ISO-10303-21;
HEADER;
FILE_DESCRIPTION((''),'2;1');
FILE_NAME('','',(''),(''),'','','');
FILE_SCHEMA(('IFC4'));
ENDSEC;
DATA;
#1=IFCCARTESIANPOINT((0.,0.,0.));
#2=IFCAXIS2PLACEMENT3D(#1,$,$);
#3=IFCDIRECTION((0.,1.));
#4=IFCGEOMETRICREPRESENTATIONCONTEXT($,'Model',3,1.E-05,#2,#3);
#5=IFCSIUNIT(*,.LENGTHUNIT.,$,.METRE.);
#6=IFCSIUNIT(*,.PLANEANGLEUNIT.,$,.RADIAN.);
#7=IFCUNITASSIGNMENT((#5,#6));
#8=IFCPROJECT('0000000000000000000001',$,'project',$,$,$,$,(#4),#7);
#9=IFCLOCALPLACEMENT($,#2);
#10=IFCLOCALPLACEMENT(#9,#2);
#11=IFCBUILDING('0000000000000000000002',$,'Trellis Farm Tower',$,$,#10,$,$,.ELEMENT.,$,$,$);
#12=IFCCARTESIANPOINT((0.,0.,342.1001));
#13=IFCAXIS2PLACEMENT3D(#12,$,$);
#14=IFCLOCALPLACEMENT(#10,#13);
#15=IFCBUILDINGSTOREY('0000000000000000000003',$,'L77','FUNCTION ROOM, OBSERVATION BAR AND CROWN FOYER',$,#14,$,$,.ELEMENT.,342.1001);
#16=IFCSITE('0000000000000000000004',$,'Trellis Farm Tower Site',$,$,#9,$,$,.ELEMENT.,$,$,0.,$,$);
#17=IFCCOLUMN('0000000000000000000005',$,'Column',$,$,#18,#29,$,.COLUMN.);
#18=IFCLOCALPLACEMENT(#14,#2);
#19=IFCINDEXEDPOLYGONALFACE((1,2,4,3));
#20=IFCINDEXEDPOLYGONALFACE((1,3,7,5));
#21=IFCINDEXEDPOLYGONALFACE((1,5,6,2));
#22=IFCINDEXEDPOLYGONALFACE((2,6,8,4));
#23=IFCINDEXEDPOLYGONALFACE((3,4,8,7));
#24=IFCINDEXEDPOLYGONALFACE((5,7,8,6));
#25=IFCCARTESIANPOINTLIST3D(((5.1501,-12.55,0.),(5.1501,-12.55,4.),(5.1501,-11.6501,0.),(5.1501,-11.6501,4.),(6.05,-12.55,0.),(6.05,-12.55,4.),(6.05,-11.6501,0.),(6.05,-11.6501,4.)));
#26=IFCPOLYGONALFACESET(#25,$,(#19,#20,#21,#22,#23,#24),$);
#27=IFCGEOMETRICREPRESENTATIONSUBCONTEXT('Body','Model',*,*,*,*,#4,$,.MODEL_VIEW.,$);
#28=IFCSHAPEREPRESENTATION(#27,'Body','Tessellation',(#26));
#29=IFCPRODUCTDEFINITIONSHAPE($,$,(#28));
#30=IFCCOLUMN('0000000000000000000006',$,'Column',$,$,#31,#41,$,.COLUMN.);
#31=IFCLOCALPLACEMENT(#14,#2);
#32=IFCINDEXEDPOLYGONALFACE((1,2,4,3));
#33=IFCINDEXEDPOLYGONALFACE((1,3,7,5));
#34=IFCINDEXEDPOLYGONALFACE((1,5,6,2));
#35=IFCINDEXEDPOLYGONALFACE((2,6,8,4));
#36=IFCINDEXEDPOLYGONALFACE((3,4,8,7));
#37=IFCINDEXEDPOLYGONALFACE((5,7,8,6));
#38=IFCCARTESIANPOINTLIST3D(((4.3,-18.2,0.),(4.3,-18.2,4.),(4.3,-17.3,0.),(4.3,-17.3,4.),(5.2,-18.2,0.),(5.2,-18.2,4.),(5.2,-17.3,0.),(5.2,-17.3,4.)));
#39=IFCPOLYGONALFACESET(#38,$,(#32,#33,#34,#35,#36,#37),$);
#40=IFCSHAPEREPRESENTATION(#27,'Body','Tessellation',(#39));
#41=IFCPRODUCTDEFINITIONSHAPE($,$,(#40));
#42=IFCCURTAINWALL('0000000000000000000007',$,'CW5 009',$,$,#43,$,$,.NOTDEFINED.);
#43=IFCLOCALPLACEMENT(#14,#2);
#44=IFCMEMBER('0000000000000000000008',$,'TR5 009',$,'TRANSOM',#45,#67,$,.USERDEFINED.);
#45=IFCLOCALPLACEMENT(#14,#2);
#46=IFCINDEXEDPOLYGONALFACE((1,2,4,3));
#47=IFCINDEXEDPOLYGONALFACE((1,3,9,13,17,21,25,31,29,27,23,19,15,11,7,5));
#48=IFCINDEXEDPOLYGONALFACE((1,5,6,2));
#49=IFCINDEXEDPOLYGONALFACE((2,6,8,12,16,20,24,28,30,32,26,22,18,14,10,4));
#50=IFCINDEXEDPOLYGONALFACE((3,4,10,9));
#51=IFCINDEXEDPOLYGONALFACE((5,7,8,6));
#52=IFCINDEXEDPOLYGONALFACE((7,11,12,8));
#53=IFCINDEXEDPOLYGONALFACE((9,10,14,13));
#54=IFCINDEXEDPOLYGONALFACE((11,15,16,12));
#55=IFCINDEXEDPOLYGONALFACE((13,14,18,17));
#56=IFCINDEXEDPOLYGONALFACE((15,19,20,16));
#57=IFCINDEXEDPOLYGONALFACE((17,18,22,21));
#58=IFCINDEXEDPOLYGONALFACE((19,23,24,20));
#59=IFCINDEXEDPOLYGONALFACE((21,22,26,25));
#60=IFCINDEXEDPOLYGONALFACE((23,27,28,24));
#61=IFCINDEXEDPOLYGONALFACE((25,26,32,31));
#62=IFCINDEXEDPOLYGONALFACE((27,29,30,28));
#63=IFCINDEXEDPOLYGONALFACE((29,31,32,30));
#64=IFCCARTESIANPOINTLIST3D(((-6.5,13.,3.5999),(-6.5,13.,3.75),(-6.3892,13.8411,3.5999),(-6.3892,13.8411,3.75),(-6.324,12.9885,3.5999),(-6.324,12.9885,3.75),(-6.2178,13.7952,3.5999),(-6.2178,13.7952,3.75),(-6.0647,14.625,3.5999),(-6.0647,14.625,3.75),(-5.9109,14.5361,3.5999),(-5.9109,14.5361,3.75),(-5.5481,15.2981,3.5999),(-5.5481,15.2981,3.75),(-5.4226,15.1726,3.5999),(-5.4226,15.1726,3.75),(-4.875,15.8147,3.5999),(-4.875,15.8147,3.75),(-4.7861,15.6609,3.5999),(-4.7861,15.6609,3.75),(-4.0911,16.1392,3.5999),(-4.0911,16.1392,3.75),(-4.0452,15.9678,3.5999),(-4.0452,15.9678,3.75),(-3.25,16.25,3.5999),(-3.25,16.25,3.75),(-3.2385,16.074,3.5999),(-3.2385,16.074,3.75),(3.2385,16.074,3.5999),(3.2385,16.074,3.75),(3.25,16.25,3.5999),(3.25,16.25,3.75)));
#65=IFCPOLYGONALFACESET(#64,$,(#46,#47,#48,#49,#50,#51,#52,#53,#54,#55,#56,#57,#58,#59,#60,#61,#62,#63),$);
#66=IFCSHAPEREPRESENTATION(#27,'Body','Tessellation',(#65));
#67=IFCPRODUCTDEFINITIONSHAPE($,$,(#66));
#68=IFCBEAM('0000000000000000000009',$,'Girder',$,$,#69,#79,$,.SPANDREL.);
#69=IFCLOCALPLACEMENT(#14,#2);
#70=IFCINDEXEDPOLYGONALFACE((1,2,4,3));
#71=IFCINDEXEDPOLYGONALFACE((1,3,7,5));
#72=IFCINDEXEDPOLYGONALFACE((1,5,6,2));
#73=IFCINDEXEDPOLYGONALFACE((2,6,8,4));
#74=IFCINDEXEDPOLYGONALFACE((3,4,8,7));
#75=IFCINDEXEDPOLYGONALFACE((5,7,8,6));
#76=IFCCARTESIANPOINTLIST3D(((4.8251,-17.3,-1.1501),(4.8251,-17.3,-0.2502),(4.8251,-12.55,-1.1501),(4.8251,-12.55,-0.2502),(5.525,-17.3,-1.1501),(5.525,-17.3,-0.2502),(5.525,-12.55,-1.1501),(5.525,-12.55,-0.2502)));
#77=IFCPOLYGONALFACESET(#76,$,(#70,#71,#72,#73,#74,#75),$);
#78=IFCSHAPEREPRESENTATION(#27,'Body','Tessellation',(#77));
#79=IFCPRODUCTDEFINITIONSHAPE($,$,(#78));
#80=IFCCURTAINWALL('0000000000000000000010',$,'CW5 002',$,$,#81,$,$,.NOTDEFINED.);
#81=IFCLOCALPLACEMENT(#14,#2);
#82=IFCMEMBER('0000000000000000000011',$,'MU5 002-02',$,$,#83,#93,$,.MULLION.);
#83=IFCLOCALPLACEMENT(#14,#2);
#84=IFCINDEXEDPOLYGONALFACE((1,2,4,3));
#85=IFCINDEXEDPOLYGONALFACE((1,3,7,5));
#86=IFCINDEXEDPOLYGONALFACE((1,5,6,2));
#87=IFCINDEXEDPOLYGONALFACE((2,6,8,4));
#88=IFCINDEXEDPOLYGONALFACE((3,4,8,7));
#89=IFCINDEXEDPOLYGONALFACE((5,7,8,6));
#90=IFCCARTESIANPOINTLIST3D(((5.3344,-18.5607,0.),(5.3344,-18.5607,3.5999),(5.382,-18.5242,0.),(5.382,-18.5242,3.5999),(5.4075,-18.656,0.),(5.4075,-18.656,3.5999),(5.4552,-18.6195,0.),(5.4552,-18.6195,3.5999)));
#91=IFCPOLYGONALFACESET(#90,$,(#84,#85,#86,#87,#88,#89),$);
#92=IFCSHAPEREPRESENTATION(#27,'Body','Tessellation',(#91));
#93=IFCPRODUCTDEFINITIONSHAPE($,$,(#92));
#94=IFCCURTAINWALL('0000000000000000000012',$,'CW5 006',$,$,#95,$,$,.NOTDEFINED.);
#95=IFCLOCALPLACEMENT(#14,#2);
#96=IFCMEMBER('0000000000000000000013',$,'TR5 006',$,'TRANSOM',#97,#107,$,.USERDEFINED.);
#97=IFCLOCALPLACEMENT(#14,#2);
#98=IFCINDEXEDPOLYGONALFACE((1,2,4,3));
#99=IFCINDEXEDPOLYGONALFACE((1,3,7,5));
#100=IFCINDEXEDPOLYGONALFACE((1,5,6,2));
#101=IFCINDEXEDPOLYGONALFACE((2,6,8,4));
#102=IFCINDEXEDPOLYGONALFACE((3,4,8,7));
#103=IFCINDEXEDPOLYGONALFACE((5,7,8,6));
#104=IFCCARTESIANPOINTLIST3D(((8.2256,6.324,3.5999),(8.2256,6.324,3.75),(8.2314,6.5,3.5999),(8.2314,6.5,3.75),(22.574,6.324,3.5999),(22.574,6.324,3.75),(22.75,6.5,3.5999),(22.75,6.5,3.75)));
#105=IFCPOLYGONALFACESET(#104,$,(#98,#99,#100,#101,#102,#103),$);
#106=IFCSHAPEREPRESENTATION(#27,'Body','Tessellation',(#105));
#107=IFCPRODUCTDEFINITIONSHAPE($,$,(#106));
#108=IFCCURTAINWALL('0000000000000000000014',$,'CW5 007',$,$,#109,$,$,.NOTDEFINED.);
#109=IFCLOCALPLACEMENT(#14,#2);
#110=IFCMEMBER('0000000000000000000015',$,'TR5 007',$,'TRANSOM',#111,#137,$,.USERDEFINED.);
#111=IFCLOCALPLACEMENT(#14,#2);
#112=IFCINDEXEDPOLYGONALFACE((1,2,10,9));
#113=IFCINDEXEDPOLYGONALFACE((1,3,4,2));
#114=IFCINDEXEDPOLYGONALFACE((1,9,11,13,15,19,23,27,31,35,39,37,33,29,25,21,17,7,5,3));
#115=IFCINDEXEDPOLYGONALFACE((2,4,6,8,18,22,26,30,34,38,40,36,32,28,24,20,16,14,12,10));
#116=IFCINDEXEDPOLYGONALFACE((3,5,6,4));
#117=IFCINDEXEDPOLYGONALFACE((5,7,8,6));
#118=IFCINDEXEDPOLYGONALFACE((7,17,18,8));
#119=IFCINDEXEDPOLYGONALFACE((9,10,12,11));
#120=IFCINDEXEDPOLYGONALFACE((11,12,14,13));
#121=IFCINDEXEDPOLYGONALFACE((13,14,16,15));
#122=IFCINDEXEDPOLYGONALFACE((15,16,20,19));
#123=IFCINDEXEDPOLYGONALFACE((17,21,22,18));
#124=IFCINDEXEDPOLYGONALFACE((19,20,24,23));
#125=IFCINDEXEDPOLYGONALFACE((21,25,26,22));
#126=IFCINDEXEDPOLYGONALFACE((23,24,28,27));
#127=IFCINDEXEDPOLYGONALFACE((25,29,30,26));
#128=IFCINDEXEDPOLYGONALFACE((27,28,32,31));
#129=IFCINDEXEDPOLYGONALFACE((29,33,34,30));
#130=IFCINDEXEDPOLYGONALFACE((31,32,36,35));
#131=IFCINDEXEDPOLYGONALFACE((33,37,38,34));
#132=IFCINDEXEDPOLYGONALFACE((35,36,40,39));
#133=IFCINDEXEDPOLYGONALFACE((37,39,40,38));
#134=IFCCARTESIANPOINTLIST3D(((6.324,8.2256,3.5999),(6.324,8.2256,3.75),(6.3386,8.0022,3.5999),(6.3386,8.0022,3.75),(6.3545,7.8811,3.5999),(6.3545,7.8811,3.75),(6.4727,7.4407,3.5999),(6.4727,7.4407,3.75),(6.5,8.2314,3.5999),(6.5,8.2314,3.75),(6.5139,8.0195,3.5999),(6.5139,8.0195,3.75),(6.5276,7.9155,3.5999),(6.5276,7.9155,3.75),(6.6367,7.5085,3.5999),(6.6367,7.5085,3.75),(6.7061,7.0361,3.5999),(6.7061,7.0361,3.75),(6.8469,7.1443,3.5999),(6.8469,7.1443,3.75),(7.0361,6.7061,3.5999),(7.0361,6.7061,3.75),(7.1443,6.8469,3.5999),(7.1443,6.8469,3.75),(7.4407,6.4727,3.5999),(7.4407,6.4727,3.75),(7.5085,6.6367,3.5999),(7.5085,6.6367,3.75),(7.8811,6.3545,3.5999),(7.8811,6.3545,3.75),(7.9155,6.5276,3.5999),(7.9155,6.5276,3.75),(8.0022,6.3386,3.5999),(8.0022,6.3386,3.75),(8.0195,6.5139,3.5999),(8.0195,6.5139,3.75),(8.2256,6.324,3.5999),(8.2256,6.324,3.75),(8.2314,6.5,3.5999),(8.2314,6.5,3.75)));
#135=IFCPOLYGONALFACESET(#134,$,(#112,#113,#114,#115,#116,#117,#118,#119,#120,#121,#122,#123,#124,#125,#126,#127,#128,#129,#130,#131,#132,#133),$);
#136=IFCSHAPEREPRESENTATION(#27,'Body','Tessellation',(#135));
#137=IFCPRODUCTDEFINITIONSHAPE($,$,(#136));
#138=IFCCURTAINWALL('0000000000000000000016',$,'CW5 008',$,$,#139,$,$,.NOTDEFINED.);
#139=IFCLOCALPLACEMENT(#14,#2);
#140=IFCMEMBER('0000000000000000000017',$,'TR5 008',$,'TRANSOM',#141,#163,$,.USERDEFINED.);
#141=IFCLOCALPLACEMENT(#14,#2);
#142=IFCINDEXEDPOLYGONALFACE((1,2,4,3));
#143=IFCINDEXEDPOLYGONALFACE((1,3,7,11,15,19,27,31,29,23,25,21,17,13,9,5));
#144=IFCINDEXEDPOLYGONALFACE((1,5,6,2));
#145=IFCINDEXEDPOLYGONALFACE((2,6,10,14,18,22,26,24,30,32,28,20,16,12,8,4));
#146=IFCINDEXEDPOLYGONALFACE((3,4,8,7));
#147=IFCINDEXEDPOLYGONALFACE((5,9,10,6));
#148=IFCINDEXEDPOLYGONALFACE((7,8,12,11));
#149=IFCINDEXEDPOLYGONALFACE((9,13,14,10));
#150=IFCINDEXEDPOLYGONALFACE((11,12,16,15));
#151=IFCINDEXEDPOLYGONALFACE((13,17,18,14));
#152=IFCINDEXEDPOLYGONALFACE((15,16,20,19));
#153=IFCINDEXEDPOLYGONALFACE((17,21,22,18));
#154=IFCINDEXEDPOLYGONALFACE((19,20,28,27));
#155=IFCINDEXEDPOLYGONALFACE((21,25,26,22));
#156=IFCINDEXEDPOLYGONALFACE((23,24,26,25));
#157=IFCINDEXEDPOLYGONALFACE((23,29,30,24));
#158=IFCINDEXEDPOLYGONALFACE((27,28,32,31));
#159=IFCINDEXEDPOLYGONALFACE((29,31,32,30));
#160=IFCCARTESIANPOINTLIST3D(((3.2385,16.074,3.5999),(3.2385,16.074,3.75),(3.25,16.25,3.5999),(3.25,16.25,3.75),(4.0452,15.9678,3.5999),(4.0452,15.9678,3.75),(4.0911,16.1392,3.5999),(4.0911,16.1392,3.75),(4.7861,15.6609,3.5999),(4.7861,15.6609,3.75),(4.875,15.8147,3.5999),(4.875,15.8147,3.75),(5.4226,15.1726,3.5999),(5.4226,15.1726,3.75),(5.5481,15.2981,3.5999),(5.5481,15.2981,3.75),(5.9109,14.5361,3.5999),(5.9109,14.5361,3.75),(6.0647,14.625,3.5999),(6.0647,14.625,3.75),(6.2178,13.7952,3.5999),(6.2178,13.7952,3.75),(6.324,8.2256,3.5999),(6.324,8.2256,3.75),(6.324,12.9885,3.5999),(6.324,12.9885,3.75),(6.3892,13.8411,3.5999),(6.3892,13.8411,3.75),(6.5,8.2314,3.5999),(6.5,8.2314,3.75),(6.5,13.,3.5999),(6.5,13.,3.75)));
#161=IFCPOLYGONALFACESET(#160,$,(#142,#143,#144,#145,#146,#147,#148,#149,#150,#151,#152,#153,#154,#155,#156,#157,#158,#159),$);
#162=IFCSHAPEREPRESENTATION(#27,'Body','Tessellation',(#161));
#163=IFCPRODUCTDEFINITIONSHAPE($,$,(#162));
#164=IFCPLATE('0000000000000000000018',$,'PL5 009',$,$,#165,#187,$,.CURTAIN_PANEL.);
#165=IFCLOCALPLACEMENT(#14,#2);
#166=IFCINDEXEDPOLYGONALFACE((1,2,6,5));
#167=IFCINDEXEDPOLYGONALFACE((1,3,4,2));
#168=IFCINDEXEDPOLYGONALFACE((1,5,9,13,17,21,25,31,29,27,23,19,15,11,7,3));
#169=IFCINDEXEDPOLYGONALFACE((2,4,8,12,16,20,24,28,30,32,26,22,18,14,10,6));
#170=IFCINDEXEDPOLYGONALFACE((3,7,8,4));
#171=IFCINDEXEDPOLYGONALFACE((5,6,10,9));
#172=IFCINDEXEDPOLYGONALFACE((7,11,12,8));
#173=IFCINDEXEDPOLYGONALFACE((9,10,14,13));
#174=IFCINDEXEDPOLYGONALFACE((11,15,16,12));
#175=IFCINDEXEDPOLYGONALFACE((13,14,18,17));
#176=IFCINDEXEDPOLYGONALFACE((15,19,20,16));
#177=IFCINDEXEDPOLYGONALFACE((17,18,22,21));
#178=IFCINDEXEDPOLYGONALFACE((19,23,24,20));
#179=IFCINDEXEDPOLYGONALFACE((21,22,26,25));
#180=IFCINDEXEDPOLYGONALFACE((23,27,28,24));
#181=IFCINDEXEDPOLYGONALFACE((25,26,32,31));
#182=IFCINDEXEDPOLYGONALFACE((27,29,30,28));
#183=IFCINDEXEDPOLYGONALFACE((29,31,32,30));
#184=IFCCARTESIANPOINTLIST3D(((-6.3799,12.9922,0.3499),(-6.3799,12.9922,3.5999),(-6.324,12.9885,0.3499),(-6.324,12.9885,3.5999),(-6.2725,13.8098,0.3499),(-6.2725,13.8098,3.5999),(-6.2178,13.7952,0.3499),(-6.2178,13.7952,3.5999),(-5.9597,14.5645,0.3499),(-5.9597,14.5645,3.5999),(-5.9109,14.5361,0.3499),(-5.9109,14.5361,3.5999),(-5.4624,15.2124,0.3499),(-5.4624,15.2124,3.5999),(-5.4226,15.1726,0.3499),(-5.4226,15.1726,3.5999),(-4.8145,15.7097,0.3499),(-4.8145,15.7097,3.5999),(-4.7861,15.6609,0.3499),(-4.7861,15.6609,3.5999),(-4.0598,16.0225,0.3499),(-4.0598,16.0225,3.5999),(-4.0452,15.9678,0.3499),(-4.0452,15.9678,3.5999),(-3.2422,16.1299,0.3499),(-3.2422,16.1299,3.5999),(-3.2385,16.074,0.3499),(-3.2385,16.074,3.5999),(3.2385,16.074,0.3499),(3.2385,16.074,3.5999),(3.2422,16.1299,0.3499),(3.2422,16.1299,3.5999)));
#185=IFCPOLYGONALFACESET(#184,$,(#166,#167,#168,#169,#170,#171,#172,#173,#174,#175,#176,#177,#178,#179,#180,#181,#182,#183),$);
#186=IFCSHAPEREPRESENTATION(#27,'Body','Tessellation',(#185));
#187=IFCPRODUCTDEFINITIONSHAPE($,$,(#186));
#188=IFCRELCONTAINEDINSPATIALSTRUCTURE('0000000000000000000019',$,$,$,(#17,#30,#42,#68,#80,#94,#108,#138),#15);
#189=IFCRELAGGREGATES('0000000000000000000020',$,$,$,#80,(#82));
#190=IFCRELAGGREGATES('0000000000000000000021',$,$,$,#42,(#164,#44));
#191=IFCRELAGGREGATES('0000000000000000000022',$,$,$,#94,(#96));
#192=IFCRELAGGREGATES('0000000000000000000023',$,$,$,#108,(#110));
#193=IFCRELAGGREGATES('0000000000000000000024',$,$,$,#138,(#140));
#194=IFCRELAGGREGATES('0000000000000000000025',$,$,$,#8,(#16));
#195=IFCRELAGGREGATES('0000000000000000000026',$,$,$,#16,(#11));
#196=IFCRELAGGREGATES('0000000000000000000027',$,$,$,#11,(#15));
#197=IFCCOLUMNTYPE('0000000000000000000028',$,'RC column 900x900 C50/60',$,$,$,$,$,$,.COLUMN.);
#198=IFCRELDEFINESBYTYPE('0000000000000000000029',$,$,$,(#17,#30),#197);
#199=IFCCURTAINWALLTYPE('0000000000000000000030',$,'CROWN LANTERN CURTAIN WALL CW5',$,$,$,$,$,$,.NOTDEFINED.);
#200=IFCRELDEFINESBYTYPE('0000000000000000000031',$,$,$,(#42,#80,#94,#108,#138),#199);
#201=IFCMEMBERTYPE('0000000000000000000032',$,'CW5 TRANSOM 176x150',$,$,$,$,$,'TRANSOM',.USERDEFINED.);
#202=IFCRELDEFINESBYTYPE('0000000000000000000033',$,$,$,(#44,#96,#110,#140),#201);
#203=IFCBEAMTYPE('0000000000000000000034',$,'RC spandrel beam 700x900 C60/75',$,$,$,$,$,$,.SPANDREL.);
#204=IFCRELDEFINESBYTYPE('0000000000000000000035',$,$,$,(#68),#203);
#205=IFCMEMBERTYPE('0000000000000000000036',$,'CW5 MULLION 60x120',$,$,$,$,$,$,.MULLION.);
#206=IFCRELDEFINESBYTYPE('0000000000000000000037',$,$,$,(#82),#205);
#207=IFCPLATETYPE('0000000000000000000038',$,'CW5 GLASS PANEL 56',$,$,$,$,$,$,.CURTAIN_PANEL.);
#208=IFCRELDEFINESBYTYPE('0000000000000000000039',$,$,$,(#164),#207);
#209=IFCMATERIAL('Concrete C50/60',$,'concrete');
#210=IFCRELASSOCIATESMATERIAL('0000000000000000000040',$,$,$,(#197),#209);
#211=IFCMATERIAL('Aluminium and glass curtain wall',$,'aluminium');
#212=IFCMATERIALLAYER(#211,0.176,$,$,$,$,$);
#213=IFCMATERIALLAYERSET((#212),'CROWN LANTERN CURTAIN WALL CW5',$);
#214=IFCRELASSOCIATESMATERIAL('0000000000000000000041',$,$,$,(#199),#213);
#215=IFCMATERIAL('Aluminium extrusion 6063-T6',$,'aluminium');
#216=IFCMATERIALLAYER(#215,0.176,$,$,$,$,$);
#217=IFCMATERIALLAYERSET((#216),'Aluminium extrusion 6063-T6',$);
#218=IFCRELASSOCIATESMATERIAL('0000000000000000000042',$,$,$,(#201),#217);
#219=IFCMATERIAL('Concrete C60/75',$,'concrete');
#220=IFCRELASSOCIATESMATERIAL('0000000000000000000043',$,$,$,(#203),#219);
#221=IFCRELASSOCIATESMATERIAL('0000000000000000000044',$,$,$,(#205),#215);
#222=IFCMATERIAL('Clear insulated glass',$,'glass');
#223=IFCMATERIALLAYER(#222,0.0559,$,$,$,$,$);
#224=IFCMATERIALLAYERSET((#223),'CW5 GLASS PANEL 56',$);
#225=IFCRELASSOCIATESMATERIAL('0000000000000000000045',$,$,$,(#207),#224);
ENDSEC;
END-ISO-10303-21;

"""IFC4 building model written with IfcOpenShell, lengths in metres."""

from ifc_helpers import new_model, si_unit, direction, frame, origin, origin_2d, place, context, subcontext, project, spatial, polyline, rectangle, outline, extrude, source, transform, mapped, material, layer, layer_set, material_profile, profile_set, type_object, element, aggregate, save


model = new_model("IFC4")

# Units and contexts
model_context = context("Model", 3, precision=1e-05, world=origin(), true_north=direction((0.0, 1.0)))
body_context = subcontext(model_context, "Body", "Model", "MODEL_VIEW")
ifc_project = project(units=[si_unit("LENGTHUNIT", "METRE"), si_unit("PLANEANGLEUNIT", "RADIAN")], contexts=[model_context])

# Site, building, storey
site_placement = place(None, origin())
site = spatial("IfcSite", under=ifc_project, at=site_placement, Name="Trellis Farm Tower Site", CompositionType="ELEMENT", RefElevation=0.0)
building_placement = place(site_placement, origin())
building = spatial("IfcBuilding", under=site, at=building_placement, Name="Trellis Farm Tower", CompositionType="ELEMENT")
storey_placement = place(building_placement, frame((0.0, 0.0, 342.1001)))
storey = spatial("IfcBuildingStorey", under=building, at=storey_placement, Name="L77", Description="FUNCTION ROOM, OBSERVATION BAR AND CROWN FOYER", CompositionType="ELEMENT", Elevation=342.1001)

# Columns
ifc_material_1 = material(Name="Concrete C50/60", Category="concrete")
ifc_material_profile_1 = material_profile(ifc_material_1, rectangle(XDim=0.8999, YDim=0.8999, at=origin_2d()), Name="RC column 900x900 C50/60")
ifc_profile_set_1 = profile_set([ifc_material_profile_1], Name="Concrete C50/60")
column_type = type_object("IfcColumnType", Name="RC column 900x900 C50/60", PredefinedType="COLUMN", material=ifc_profile_set_1)
shared_shape_1 = source(origin(), body_context, "Body", "SweptSolid", [
    extrude(rectangle(XDim=0.8999, YDim=0.8999, at=origin_2d()), origin(), (0.0, 0.0, 1.0), 4.0),
])
for number, where, z_axis, x_axis, name in (
    (1, (5.6001, -12.1001, 0.0), (0.0, 0.0, 1.0), (1.0, 0.0, 0.0), "Column"),
    (2, (4.75, -17.75, 0.0), (0.0, 0.0, 1.0), (1.0, 0.0, 0.0), "Column"),
):
    element("IfcColumn", number, at=place(storey_placement, frame(where, z_axis=z_axis, x_axis=x_axis)), inside=storey, type_object=column_type, Name=name, PredefinedType="COLUMN", context=body_context, shape_type="MappedRepresentation", body=[
        mapped(shared_shape_1, transform((0.0, 0.0, 0.0))),
    ])

# Curtain wall, member
ifc_material_2 = material(Name="Aluminium and glass curtain wall", Category="aluminium")
ifc_layer_1 = layer(ifc_material_2, 0.176)
ifc_layer_set_1 = layer_set([ifc_layer_1], Name="CROWN LANTERN CURTAIN WALL CW5")
curtain_wall_type = type_object("IfcCurtainWallType", Name="CROWN LANTERN CURTAIN WALL CW5", PredefinedType="NOTDEFINED", material=ifc_layer_set_1)
placement_1 = place(storey_placement, origin())
curtain_wall_1 = element("IfcCurtainWall", 3, at=placement_1, inside=storey, type_object=curtain_wall_type, Name="CW5 009", PredefinedType="NOTDEFINED")
ifc_material_3 = material(Name="Aluminium extrusion 6063-T6", Category="aluminium")
ifc_layer_2 = layer(ifc_material_3, 0.176)
ifc_layer_set_2 = layer_set([ifc_layer_2], Name="Aluminium extrusion 6063-T6")
member_type_1 = type_object("IfcMemberType", Name="CW5 TRANSOM 176x150", ElementType="TRANSOM", PredefinedType="USERDEFINED", material=ifc_layer_set_2)
placement_2 = place(storey_placement, frame((0.0, 0.0, 3.5999)))
member_1 = element("IfcMember", 4, at=placement_2, type_object=member_type_1, Name="TR5 009", ObjectType="TRANSOM", PredefinedType="USERDEFINED", context=body_context, shape_type="SweptSolid", body=[
    extrude(outline(polyline([(3.25, 16.25), (-3.25, 16.25), (-4.0911, 16.1392), (-4.875, 15.8147), (-5.5481, 15.2981), (-6.0647, 14.625), (-6.3892, 13.8411), (-6.5, 13.0), (-6.324, 12.9885), (-6.2178, 13.7952), (-5.9109, 14.5361), (-5.4226, 15.1726), (-4.7861, 15.6609), (-4.0452, 15.9678), (-3.2385, 16.074), (3.2385, 16.074), (3.25, 16.25)])), origin(), (0.0, 0.0, 1.0), 0.1501),
])

# Beam
ifc_material_4 = material(Name="Concrete C60/75", Category="concrete")
ifc_material_profile_2 = material_profile(ifc_material_4, rectangle(XDim=0.7, YDim=0.8999, at=origin_2d()), Name="RC spandrel beam 700x900 C60/75")
ifc_profile_set_2 = profile_set([ifc_material_profile_2], Name="Concrete C60/75")
beam_type = type_object("IfcBeamType", Name="RC spandrel beam 700x900 C60/75", PredefinedType="SPANDREL", material=ifc_profile_set_2)
shared_shape_2 = source(origin(), body_context, "Body", "SweptSolid", [
    extrude(rectangle(XDim=0.7, YDim=0.8999, at=origin_2d()), origin(), (0.0, 0.0, 1.0), 4.75),
])
beam_placement = place(storey_placement, frame((5.175, -17.3, -0.7002), z_axis=(0.0, 1.0, 0.0), x_axis=(-1.0, 0.0, 0.0)))
element("IfcBeam", 5, at=beam_placement, inside=storey, type_object=beam_type, Name="Girder", PredefinedType="SPANDREL", context=body_context, shape_type="MappedRepresentation", body=[
    mapped(shared_shape_2, transform((0.0, 0.0, 0.0))),
])

# Curtain walls, members
curtain_wall_2 = element("IfcCurtainWall", 6, at=placement_1, inside=storey, type_object=curtain_wall_type, Name="CW5 002", PredefinedType="NOTDEFINED")
ifc_material_profile_3 = material_profile(ifc_material_3, rectangle(XDim=0.0601, YDim=0.1201, at=origin_2d()), Name="MULLION 60x120")
ifc_profile_set_3 = profile_set([ifc_material_profile_3], Name="Aluminium extrusion 6063-T6")
member_type_2 = type_object("IfcMemberType", Name="CW5 MULLION 60x120", PredefinedType="MULLION", material=ifc_profile_set_3)
shared_shape_3 = source(origin(), body_context, "Body", "SweptSolid", [
    extrude(rectangle(XDim=0.0601, YDim=0.1201, at=origin_2d()), origin(), (0.0, 0.0, 1.0), 3.5999),
])
member_2_placement = place(storey_placement, frame((5.3948, -18.5901, 0.0), z_axis=(0.0, 0.0, 1.0), x_axis=(0.793353, 0.608761, 0.0)))
member_2 = element("IfcMember", 7, at=member_2_placement, type_object=member_type_2, Name="MU5 002-02", PredefinedType="MULLION", context=body_context, shape_type="MappedRepresentation", body=[
    mapped(shared_shape_3, transform((0.0, 0.0, 0.0))),
])
aggregate(curtain_wall_2, [member_2])
curtain_wall_3 = element("IfcCurtainWall", 8, at=placement_1, inside=storey, type_object=curtain_wall_type, Name="CW5 006", PredefinedType="NOTDEFINED")
shared_shape_4 = source(origin(), body_context, "Body", "SweptSolid", [
    extrude(outline(polyline([(22.75, 6.5), (8.2314, 6.5), (8.2256, 6.324), (22.574, 6.324), (22.75, 6.5)])), origin(), (0.0, 0.0, 1.0), 0.1501),
])
member_3 = element("IfcMember", 9, at=placement_2, type_object=member_type_1, Name="TR5 006", ObjectType="TRANSOM", PredefinedType="USERDEFINED", context=body_context, shape_type="MappedRepresentation", body=[
    mapped(shared_shape_4, transform((0.0, 0.0, 0.0))),
])
curtain_wall_4 = element("IfcCurtainWall", 10, at=placement_1, inside=storey, type_object=curtain_wall_type, Name="CW5 007", PredefinedType="NOTDEFINED")
shared_shape_5 = source(origin(), body_context, "Body", "SweptSolid", [
    extrude(outline(polyline([(8.2314, 6.5), (8.0195, 6.5139), (7.9155, 6.5276), (7.5085, 6.6367), (7.1443, 6.8469), (6.8469, 7.1443), (6.6367, 7.5085), (6.5276, 7.9155), (6.5139, 8.0195), (6.5, 8.2314), (6.324, 8.2256), (6.3386, 8.0022), (6.3545, 7.8811), (6.4727, 7.4407), (6.7061, 7.0361), (7.0361, 6.7061), (7.4407, 6.4727), (7.8811, 6.3545), (8.0022, 6.3386), (8.2256, 6.324), (8.2314, 6.5)])), origin(), (0.0, 0.0, 1.0), 0.1501),
])
member_4 = element("IfcMember", 11, at=placement_2, type_object=member_type_1, Name="TR5 007", ObjectType="TRANSOM", PredefinedType="USERDEFINED", context=body_context, shape_type="MappedRepresentation", body=[
    mapped(shared_shape_5, transform((0.0, 0.0, 0.0))),
])
curtain_wall_5 = element("IfcCurtainWall", 12, at=placement_1, inside=storey, type_object=curtain_wall_type, Name="CW5 008", PredefinedType="NOTDEFINED")
shared_shape_6 = source(origin(), body_context, "Body", "SweptSolid", [
    extrude(outline(polyline([(6.5, 8.2314), (6.5, 13.0), (6.3892, 13.8411), (6.0647, 14.625), (5.5481, 15.2981), (4.875, 15.8147), (4.0911, 16.1392), (3.25, 16.25), (3.2385, 16.074), (4.0452, 15.9678), (4.7861, 15.6609), (5.4226, 15.1726), (5.9109, 14.5361), (6.2178, 13.7952), (6.324, 12.9885), (6.324, 8.2256), (6.5, 8.2314)])), origin(), (0.0, 0.0, 1.0), 0.1501),
])
member_5 = element("IfcMember", 13, at=placement_2, type_object=member_type_1, Name="TR5 008", ObjectType="TRANSOM", PredefinedType="USERDEFINED", context=body_context, shape_type="MappedRepresentation", body=[
    mapped(shared_shape_6, transform((0.0, 0.0, 0.0))),
])

# Plate
ifc_material_5 = material(Name="Clear insulated glass", Category="glass")
ifc_layer_3 = layer(ifc_material_5, 0.0559)
ifc_layer_set_3 = layer_set([ifc_layer_3], Name="CW5 GLASS PANEL 56")
plate_type_1 = type_object("IfcPlateType", Name="CW5 GLASS PANEL 56", PredefinedType="CURTAIN_PANEL", material=ifc_layer_set_3)
placement_3 = place(storey_placement, frame((0.0, 0.0, 0.3499)))
plate_1 = element("IfcPlate", 14, at=placement_3, type_object=plate_type_1, Name="PL5 009", PredefinedType="CURTAIN_PANEL", context=body_context, shape_type="SweptSolid", body=[
    extrude(outline(polyline([(3.2422, 16.1299), (-3.2422, 16.1299), (-4.0598, 16.0225), (-4.8145, 15.7097), (-5.4624, 15.2124), (-5.9597, 14.5645), (-6.2725, 13.8098), (-6.3799, 12.9922), (-6.324, 12.9885), (-6.2178, 13.7952), (-5.9109, 14.5361), (-5.4226, 15.1726), (-4.7861, 15.6609), (-4.0452, 15.9678), (-3.2385, 16.074), (3.2385, 16.074), (3.2422, 16.1299)])), origin(), (0.0, 0.0, 1.0), 3.25),
])
aggregate(curtain_wall_1, [plate_1, member_1])
aggregate(curtain_wall_3, [member_3])
aggregate(curtain_wall_4, [member_4])
aggregate(curtain_wall_5, [member_5])

save(model, "model.ifc")
